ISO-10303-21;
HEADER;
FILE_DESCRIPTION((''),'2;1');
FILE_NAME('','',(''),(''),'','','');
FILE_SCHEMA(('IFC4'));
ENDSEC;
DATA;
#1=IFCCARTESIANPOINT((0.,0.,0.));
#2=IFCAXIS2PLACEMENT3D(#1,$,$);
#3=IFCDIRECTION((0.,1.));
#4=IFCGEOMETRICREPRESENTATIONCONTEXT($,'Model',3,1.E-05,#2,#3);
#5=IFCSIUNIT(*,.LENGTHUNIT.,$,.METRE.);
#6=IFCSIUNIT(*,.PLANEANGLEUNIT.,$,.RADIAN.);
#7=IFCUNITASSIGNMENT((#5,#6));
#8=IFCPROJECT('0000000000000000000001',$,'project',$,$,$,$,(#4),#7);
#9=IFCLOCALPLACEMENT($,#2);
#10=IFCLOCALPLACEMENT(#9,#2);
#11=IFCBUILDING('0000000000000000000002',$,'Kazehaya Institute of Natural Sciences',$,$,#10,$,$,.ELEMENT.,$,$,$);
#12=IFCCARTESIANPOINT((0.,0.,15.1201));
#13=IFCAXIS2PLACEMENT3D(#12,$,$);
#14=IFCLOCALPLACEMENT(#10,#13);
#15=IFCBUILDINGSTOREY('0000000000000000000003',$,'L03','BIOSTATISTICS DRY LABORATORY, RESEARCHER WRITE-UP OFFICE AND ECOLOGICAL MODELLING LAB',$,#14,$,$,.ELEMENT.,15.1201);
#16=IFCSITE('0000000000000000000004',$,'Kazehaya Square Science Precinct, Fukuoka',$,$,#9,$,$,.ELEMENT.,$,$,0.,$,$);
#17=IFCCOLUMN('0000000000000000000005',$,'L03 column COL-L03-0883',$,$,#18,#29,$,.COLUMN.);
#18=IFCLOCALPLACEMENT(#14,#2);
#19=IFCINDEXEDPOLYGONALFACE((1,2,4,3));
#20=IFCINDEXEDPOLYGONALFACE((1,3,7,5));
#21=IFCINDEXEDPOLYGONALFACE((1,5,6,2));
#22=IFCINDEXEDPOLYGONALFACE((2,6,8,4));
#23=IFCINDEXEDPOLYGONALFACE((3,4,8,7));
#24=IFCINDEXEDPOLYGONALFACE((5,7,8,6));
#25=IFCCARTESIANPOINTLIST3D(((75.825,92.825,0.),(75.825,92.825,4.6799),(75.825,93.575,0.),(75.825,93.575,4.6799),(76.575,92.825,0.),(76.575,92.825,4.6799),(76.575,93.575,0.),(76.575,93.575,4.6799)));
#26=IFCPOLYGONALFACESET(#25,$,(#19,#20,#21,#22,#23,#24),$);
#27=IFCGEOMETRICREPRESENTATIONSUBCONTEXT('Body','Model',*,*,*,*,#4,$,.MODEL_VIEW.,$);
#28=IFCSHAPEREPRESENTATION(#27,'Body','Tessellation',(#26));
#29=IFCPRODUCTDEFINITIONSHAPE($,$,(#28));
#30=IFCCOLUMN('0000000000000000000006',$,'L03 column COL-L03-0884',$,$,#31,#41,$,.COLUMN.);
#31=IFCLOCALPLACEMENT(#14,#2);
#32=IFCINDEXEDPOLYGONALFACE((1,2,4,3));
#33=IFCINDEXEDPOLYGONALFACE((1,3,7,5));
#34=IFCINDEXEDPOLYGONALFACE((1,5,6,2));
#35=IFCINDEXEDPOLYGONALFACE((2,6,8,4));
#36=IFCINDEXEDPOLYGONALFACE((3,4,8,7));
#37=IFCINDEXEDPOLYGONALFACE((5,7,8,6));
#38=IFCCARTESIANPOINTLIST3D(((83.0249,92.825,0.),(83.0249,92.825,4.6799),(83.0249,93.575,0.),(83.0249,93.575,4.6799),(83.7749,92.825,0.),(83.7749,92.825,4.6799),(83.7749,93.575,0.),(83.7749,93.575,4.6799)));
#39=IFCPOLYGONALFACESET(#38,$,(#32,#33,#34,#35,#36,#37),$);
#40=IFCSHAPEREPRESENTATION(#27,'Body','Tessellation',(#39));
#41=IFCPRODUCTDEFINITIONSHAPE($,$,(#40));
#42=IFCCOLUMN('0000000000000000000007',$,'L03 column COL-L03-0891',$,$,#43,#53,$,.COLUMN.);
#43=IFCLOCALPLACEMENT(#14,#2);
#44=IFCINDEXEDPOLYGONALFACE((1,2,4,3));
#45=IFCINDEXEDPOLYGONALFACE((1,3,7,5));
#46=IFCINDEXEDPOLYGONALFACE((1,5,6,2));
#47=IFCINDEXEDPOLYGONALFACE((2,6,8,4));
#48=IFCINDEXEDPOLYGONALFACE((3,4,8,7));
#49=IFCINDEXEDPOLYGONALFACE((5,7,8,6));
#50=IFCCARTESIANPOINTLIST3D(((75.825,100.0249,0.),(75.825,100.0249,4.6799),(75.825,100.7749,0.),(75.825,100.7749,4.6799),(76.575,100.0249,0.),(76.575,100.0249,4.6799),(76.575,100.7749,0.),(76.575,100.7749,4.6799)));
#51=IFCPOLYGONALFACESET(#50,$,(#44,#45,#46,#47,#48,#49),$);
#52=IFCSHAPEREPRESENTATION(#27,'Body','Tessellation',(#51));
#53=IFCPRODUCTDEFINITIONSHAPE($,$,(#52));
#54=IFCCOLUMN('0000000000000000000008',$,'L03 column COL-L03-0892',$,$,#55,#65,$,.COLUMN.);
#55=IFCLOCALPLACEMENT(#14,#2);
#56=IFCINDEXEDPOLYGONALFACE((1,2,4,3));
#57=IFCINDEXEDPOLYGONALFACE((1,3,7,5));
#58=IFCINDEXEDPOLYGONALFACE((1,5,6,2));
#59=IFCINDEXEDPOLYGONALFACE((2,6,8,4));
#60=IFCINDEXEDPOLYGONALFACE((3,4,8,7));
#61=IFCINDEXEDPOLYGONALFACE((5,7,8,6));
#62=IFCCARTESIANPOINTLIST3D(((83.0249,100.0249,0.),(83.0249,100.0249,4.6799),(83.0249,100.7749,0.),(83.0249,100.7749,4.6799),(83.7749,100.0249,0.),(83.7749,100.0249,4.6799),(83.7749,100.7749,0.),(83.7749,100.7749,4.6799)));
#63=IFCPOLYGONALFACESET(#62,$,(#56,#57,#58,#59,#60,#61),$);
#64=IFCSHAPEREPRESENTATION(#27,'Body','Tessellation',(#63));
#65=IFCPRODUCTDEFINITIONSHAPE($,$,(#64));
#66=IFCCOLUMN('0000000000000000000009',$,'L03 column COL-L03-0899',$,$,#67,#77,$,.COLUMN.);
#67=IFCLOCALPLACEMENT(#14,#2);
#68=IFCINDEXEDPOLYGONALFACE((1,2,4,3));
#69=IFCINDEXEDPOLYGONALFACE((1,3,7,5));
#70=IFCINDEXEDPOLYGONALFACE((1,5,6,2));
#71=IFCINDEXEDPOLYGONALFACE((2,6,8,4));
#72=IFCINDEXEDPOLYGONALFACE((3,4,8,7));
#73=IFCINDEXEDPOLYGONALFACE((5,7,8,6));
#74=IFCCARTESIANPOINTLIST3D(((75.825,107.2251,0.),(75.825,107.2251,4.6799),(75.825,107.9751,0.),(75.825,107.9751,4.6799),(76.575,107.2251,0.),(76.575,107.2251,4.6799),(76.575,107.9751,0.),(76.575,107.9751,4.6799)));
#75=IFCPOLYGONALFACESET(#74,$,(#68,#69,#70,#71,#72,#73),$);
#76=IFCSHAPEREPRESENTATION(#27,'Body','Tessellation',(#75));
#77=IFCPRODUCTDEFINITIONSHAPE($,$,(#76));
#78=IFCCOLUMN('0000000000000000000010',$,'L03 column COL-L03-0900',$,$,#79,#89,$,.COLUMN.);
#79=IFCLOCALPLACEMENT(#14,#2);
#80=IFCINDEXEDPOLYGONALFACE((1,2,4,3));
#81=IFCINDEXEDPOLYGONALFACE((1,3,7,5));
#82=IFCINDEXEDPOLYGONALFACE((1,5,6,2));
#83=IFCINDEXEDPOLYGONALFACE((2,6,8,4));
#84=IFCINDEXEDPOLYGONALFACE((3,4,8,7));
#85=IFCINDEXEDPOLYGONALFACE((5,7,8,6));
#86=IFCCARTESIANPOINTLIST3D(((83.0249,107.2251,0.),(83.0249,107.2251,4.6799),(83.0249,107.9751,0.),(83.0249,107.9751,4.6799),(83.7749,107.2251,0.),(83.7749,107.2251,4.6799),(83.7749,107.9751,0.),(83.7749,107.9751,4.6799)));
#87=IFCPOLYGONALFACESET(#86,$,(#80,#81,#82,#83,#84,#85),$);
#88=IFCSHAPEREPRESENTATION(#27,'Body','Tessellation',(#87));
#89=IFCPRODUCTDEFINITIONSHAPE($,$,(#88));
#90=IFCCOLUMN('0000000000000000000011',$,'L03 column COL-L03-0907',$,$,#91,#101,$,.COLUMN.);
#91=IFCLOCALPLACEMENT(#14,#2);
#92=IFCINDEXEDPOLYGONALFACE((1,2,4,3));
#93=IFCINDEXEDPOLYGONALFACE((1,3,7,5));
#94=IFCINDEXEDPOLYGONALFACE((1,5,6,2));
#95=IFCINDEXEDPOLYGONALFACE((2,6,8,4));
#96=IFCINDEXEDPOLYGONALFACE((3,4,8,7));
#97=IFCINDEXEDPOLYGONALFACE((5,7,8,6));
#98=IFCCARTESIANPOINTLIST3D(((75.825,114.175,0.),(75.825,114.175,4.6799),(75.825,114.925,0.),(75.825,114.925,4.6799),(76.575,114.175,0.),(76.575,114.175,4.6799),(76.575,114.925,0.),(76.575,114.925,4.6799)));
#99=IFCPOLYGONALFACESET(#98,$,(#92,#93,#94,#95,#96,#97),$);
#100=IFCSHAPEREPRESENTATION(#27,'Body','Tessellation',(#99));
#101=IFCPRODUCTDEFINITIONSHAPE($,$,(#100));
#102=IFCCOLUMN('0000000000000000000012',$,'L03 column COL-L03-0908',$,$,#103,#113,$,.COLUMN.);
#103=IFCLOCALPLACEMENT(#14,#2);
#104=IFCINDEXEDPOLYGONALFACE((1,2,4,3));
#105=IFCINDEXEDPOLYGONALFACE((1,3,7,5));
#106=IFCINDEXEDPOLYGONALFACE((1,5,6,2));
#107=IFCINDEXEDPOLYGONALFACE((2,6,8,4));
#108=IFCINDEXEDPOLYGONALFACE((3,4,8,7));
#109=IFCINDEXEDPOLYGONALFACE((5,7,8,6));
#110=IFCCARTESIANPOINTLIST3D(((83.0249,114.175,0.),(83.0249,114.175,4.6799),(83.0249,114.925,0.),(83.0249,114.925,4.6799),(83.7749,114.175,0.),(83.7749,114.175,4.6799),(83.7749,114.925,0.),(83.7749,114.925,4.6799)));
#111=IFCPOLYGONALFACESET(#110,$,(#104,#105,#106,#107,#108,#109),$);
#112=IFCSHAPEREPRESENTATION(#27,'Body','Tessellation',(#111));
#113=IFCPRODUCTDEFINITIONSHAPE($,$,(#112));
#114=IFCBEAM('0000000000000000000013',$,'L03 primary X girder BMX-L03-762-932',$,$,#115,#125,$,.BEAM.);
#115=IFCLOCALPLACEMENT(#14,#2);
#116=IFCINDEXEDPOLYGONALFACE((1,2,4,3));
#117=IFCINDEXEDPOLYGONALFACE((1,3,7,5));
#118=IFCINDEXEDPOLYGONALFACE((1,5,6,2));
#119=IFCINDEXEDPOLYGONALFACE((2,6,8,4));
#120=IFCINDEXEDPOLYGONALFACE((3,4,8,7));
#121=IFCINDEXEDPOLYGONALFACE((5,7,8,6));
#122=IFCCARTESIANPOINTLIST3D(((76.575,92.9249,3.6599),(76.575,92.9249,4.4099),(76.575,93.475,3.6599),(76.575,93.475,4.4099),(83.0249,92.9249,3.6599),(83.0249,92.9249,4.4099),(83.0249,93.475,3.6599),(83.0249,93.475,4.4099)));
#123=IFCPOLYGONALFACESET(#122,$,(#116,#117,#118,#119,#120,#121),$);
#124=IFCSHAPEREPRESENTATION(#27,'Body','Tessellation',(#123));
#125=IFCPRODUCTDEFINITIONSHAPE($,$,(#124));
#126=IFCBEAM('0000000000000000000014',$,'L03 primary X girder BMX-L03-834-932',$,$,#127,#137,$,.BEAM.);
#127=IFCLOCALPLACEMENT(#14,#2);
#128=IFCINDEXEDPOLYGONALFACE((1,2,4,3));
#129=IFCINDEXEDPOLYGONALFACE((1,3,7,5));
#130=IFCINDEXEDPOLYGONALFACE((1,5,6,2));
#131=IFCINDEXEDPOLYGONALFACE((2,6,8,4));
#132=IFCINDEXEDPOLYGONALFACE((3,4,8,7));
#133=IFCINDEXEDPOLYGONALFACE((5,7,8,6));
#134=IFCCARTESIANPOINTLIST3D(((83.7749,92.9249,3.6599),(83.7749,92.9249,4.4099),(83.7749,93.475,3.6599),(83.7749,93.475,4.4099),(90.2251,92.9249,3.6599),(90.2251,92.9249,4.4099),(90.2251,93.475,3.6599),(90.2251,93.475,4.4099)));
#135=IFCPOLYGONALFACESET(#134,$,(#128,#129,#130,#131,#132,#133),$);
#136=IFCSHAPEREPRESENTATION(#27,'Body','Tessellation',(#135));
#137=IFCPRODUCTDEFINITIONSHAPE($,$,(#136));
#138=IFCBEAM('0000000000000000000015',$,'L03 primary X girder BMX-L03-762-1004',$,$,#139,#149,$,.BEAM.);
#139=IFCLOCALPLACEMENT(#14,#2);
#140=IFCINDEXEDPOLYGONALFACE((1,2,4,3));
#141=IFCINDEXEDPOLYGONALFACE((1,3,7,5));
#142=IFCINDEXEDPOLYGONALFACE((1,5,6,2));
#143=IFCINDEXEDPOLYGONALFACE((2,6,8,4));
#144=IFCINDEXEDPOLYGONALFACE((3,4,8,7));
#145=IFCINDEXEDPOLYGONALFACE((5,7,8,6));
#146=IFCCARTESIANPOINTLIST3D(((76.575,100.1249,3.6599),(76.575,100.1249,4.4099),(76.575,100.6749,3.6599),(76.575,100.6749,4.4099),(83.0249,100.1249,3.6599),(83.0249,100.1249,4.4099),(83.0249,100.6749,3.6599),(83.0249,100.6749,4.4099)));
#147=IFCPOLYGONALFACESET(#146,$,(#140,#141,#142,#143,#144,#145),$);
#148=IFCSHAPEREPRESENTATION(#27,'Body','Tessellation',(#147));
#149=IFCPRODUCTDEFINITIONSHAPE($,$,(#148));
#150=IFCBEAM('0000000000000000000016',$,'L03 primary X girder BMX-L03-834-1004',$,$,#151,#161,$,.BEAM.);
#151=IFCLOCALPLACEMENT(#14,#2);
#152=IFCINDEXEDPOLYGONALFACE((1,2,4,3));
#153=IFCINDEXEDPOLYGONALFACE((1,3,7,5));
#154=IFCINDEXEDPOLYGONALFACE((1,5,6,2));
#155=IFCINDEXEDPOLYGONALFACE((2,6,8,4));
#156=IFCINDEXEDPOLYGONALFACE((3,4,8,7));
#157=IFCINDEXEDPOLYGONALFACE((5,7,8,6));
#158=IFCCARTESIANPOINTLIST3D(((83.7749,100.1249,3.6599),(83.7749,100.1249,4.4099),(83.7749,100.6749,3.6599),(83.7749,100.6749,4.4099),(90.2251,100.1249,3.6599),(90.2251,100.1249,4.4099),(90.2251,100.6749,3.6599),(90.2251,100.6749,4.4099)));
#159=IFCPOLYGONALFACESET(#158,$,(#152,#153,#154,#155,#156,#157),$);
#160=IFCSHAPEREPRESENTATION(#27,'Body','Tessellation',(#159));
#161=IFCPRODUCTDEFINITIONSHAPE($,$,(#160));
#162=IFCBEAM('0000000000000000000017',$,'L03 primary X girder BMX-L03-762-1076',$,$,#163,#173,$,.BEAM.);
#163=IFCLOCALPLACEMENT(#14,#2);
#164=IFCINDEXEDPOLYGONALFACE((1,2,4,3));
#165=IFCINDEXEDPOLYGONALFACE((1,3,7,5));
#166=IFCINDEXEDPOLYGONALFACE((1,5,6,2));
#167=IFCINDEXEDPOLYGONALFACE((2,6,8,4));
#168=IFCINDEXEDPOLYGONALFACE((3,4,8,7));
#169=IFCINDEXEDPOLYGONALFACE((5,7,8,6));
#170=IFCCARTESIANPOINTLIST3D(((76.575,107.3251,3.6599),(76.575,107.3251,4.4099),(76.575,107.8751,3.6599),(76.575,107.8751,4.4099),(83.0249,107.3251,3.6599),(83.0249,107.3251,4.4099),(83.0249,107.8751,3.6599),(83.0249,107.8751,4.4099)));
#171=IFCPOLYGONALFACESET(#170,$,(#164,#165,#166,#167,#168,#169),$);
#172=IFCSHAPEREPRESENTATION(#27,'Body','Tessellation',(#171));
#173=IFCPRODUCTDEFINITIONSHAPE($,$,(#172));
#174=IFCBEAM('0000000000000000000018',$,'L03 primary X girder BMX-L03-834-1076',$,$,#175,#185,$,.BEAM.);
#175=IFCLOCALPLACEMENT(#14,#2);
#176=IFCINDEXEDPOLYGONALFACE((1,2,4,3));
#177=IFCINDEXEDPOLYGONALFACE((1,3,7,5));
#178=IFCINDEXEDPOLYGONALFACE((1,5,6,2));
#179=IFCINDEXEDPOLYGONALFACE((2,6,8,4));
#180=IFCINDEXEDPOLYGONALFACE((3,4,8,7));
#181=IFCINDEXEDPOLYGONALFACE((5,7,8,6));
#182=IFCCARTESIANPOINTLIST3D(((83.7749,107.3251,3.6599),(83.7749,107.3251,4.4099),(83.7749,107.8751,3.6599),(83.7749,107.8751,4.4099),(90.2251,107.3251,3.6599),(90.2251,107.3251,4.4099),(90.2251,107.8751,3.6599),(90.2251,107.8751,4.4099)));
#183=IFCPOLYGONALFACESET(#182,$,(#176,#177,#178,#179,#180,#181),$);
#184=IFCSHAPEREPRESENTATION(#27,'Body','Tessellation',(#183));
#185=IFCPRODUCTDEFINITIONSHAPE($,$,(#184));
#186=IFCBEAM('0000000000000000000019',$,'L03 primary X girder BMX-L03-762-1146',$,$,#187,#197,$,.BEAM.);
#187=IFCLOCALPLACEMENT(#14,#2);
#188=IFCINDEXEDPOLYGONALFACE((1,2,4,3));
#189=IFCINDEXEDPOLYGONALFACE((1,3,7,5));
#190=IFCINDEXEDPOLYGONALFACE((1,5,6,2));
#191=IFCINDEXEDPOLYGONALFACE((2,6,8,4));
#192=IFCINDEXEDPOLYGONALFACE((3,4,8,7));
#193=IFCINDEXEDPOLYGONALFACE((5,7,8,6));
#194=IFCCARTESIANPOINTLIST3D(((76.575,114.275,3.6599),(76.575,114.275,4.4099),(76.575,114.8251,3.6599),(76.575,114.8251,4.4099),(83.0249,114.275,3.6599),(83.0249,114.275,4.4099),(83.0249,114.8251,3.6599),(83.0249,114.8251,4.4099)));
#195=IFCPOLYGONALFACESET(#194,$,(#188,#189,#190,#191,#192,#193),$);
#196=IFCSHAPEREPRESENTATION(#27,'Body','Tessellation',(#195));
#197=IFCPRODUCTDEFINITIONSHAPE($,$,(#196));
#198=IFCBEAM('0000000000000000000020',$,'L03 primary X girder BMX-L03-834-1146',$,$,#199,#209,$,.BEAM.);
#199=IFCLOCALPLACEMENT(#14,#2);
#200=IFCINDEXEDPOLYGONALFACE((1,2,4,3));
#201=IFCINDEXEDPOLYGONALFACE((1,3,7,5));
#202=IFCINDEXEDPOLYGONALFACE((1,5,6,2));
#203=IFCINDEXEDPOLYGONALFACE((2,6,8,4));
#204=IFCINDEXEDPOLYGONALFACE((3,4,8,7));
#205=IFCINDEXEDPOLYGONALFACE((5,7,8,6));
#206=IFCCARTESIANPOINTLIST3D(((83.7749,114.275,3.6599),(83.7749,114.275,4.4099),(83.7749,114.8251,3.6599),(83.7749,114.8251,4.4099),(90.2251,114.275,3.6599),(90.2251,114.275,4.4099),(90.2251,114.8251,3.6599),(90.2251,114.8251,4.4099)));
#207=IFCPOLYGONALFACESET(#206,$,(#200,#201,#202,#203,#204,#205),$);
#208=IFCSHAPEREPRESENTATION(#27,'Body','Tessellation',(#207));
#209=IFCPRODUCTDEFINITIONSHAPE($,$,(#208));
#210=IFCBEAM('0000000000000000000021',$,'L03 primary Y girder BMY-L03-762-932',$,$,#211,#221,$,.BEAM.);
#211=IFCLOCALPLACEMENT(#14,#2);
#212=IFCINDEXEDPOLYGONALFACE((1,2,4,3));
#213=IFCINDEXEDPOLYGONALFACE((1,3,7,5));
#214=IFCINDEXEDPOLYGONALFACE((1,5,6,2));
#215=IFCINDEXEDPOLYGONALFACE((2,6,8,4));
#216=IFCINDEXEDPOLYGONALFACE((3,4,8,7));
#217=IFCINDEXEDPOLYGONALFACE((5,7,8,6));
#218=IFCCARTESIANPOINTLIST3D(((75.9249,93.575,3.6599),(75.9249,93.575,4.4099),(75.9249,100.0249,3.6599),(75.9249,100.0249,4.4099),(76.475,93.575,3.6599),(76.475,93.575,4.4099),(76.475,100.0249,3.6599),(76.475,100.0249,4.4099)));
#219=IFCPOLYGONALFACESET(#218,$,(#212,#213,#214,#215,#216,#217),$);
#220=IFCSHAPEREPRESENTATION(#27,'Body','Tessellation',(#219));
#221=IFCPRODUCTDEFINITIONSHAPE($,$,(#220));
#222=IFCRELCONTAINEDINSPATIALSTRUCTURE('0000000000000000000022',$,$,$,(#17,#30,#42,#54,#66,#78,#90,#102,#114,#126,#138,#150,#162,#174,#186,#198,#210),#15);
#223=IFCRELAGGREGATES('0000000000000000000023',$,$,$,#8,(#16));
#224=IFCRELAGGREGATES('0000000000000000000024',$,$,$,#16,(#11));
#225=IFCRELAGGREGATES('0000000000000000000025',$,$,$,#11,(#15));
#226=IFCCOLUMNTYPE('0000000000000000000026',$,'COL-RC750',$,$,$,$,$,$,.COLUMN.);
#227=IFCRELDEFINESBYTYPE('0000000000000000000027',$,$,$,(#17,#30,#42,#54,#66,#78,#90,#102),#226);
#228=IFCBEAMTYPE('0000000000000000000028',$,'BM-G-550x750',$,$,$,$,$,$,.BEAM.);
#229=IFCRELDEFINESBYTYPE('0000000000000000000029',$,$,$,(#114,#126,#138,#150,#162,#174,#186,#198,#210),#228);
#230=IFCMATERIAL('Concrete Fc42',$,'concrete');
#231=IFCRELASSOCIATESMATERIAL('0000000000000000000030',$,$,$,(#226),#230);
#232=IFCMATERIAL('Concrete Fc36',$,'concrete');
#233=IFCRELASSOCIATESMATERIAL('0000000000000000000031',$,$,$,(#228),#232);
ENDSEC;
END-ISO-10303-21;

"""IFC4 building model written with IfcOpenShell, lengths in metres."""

from ifc_helpers import new_model, si_unit, direction, frame, origin, origin_2d, place, context, subcontext, project, spatial, rectangle, extrude, material, material_profile, profile_set, type_object, element, save


model = new_model("IFC4")

# Units and contexts
model_context = context("Model", 3, precision=1e-05, world=origin(), true_north=direction((0.0, 1.0)))
body_context = subcontext(model_context, "Body", "Model", "MODEL_VIEW")
ifc_project = project(units=[si_unit("LENGTHUNIT", "METRE"), si_unit("PLANEANGLEUNIT", "RADIAN")], contexts=[model_context])

# Site, building, storey
site_placement = place(None, origin())
site = spatial("IfcSite", under=ifc_project, at=site_placement, Name="Kazehaya Square Science Precinct, Fukuoka", CompositionType="ELEMENT", RefElevation=0.0)
building_placement = place(site_placement, origin())
building = spatial("IfcBuilding", under=site, at=building_placement, Name="Kazehaya Institute of Natural Sciences", CompositionType="ELEMENT")
storey_placement = place(building_placement, frame((0.0, 0.0, 15.1201)))
storey = spatial("IfcBuildingStorey", under=building, at=storey_placement, Name="L03", Description="BIOSTATISTICS DRY LABORATORY, RESEARCHER WRITE-UP OFFICE AND ECOLOGICAL MODELLING LAB", CompositionType="ELEMENT", Elevation=15.1201)

# Columns
ifc_material_1 = material(Name="Concrete Fc42", Category="concrete")
ifc_material_profile_1 = material_profile(ifc_material_1, rectangle(XDim=0.75, YDim=0.75, at=origin_2d()), Name="RC-750x750")
ifc_profile_set_1 = profile_set([ifc_material_profile_1], Name="Concrete Fc42")
column_type = type_object("IfcColumnType", Name="COL-RC750", PredefinedType="COLUMN", material=ifc_profile_set_1)
for number, where, z_axis, x_axis, name in (
    (1, (76.2, 93.2, 0.0), (0.0, 0.0, 1.0), (1.0, 0.0, 0.0), "L03 column COL-L03-0883"),
    (2, (83.3999, 93.2, 0.0), (0.0, 0.0, 1.0), (1.0, 0.0, 0.0), "L03 column COL-L03-0884"),
    (3, (76.2, 100.3999, 0.0), (0.0, 0.0, 1.0), (1.0, 0.0, 0.0), "L03 column COL-L03-0891"),
    (4, (83.3999, 100.3999, 0.0), (0.0, 0.0, 1.0), (1.0, 0.0, 0.0), "L03 column COL-L03-0892"),
    (5, (76.2, 107.6001, 0.0), (0.0, 0.0, 1.0), (1.0, 0.0, 0.0), "L03 column COL-L03-0899"),
    (6, (83.3999, 107.6001, 0.0), (0.0, 0.0, 1.0), (1.0, 0.0, 0.0), "L03 column COL-L03-0900"),
    (7, (76.2, 114.55, 0.0), (0.0, 0.0, 1.0), (1.0, 0.0, 0.0), "L03 column COL-L03-0907"),
    (8, (83.3999, 114.55, 0.0), (0.0, 0.0, 1.0), (1.0, 0.0, 0.0), "L03 column COL-L03-0908"),
):
    element("IfcColumn", number, at=place(storey_placement, frame(where, z_axis=z_axis, x_axis=x_axis)), inside=storey, type_object=column_type, Name=name, PredefinedType="COLUMN", context=body_context, shape_type="SweptSolid", body=[
        extrude(rectangle(XDim=0.75, YDim=0.75, at=origin_2d()), origin(), (0.0, 0.0, 1.0), 4.6799),
    ])

# Beams
ifc_material_2 = material(Name="Concrete Fc36", Category="concrete")
ifc_material_profile_2 = material_profile(ifc_material_2, rectangle(XDim=0.55, YDim=0.75, at=origin_2d()), Name="RC-550x750")
ifc_profile_set_2 = profile_set([ifc_material_profile_2], Name="Concrete Fc36")
beam_type = type_object("IfcBeamType", Name="BM-G-550x750", PredefinedType="BEAM", material=ifc_profile_set_2)
beam_1_placement = place(storey_placement, frame((76.575, 93.2, 4.0349), z_axis=(1.0, 0.0, 0.0), x_axis=(0.0, 1.0, 0.0)))
element("IfcBeam", 9, at=beam_1_placement, inside=storey, type_object=beam_type, Name="L03 primary X girder BMX-L03-762-932", PredefinedType="BEAM", context=body_context, shape_type="SweptSolid", body=[
    extrude(rectangle(XDim=0.55, YDim=0.75, at=origin_2d()), origin(), (0.0, 0.0, 1.0), 6.45),
])
beam_2_placement = place(storey_placement, frame((83.7749, 93.2, 4.0349), z_axis=(1.0, 0.0, 0.0), x_axis=(0.0, 1.0, 0.0)))
element("IfcBeam", 10, at=beam_2_placement, inside=storey, type_object=beam_type, Name="L03 primary X girder BMX-L03-834-932", PredefinedType="BEAM", context=body_context, shape_type="SweptSolid", body=[
    extrude(rectangle(XDim=0.55, YDim=0.75, at=origin_2d()), origin(), (0.0, 0.0, 1.0), 6.4502),
])
beam_3_placement = place(storey_placement, frame((76.575, 100.3999, 4.0349), z_axis=(1.0, 0.0, 0.0), x_axis=(0.0, 1.0, 0.0)))
element("IfcBeam", 11, at=beam_3_placement, inside=storey, type_object=beam_type, Name="L03 primary X girder BMX-L03-762-1004", PredefinedType="BEAM", context=body_context, shape_type="SweptSolid", body=[
    extrude(rectangle(XDim=0.55, YDim=0.75, at=origin_2d()), origin(), (0.0, 0.0, 1.0), 6.45),
])
beam_4_placement = place(storey_placement, frame((83.7749, 100.3999, 4.0349), z_axis=(1.0, 0.0, 0.0), x_axis=(0.0, 1.0, 0.0)))
element("IfcBeam", 12, at=beam_4_placement, inside=storey, type_object=beam_type, Name="L03 primary X girder BMX-L03-834-1004", PredefinedType="BEAM", context=body_context, shape_type="SweptSolid", body=[
    extrude(rectangle(XDim=0.55, YDim=0.75, at=origin_2d()), origin(), (0.0, 0.0, 1.0), 6.4502),
])
beam_5_placement = place(storey_placement, frame((76.575, 107.6001, 4.0349), z_axis=(1.0, 0.0, 0.0), x_axis=(0.0, 1.0, 0.0)))
element("IfcBeam", 13, at=beam_5_placement, inside=storey, type_object=beam_type, Name="L03 primary X girder BMX-L03-762-1076", PredefinedType="BEAM", context=body_context, shape_type="SweptSolid", body=[
    extrude(rectangle(XDim=0.55, YDim=0.75, at=origin_2d()), origin(), (0.0, 0.0, 1.0), 6.45),
])
beam_6_placement = place(storey_placement, frame((83.7749, 107.6001, 4.0349), z_axis=(1.0, 0.0, 0.0), x_axis=(0.0, 1.0, 0.0)))
element("IfcBeam", 14, at=beam_6_placement, inside=storey, type_object=beam_type, Name="L03 primary X girder BMX-L03-834-1076", PredefinedType="BEAM", context=body_context, shape_type="SweptSolid", body=[
    extrude(rectangle(XDim=0.55, YDim=0.75, at=origin_2d()), origin(), (0.0, 0.0, 1.0), 6.4502),
])
beam_7_placement = place(storey_placement, frame((76.575, 114.55, 4.0349), z_axis=(1.0, 0.0, 0.0), x_axis=(0.0, 1.0, 0.0)))
element("IfcBeam", 15, at=beam_7_placement, inside=storey, type_object=beam_type, Name="L03 primary X girder BMX-L03-762-1146", PredefinedType="BEAM", context=body_context, shape_type="SweptSolid", body=[
    extrude(rectangle(XDim=0.55, YDim=0.75, at=origin_2d()), origin(), (0.0, 0.0, 1.0), 6.45),
])
beam_8_placement = place(storey_placement, frame((83.7749, 114.55, 4.0349), z_axis=(1.0, 0.0, 0.0), x_axis=(0.0, 1.0, 0.0)))
element("IfcBeam", 16, at=beam_8_placement, inside=storey, type_object=beam_type, Name="L03 primary X girder BMX-L03-834-1146", PredefinedType="BEAM", context=body_context, shape_type="SweptSolid", body=[
    extrude(rectangle(XDim=0.55, YDim=0.75, at=origin_2d()), origin(), (0.0, 0.0, 1.0), 6.4502),
])
beam_9_placement = place(storey_placement, frame((76.2, 93.575, 4.0349), z_axis=(0.0, 1.0, 0.0), x_axis=(-1.0, 0.0, 0.0)))
element("IfcBeam", 17, at=beam_9_placement, inside=storey, type_object=beam_type, Name="L03 primary Y girder BMY-L03-762-932", PredefinedType="BEAM", context=body_context, shape_type="SweptSolid", body=[
    extrude(rectangle(XDim=0.55, YDim=0.75, at=origin_2d()), origin(), (0.0, 0.0, 1.0), 6.45),
])

save(model, "model.ifc")
